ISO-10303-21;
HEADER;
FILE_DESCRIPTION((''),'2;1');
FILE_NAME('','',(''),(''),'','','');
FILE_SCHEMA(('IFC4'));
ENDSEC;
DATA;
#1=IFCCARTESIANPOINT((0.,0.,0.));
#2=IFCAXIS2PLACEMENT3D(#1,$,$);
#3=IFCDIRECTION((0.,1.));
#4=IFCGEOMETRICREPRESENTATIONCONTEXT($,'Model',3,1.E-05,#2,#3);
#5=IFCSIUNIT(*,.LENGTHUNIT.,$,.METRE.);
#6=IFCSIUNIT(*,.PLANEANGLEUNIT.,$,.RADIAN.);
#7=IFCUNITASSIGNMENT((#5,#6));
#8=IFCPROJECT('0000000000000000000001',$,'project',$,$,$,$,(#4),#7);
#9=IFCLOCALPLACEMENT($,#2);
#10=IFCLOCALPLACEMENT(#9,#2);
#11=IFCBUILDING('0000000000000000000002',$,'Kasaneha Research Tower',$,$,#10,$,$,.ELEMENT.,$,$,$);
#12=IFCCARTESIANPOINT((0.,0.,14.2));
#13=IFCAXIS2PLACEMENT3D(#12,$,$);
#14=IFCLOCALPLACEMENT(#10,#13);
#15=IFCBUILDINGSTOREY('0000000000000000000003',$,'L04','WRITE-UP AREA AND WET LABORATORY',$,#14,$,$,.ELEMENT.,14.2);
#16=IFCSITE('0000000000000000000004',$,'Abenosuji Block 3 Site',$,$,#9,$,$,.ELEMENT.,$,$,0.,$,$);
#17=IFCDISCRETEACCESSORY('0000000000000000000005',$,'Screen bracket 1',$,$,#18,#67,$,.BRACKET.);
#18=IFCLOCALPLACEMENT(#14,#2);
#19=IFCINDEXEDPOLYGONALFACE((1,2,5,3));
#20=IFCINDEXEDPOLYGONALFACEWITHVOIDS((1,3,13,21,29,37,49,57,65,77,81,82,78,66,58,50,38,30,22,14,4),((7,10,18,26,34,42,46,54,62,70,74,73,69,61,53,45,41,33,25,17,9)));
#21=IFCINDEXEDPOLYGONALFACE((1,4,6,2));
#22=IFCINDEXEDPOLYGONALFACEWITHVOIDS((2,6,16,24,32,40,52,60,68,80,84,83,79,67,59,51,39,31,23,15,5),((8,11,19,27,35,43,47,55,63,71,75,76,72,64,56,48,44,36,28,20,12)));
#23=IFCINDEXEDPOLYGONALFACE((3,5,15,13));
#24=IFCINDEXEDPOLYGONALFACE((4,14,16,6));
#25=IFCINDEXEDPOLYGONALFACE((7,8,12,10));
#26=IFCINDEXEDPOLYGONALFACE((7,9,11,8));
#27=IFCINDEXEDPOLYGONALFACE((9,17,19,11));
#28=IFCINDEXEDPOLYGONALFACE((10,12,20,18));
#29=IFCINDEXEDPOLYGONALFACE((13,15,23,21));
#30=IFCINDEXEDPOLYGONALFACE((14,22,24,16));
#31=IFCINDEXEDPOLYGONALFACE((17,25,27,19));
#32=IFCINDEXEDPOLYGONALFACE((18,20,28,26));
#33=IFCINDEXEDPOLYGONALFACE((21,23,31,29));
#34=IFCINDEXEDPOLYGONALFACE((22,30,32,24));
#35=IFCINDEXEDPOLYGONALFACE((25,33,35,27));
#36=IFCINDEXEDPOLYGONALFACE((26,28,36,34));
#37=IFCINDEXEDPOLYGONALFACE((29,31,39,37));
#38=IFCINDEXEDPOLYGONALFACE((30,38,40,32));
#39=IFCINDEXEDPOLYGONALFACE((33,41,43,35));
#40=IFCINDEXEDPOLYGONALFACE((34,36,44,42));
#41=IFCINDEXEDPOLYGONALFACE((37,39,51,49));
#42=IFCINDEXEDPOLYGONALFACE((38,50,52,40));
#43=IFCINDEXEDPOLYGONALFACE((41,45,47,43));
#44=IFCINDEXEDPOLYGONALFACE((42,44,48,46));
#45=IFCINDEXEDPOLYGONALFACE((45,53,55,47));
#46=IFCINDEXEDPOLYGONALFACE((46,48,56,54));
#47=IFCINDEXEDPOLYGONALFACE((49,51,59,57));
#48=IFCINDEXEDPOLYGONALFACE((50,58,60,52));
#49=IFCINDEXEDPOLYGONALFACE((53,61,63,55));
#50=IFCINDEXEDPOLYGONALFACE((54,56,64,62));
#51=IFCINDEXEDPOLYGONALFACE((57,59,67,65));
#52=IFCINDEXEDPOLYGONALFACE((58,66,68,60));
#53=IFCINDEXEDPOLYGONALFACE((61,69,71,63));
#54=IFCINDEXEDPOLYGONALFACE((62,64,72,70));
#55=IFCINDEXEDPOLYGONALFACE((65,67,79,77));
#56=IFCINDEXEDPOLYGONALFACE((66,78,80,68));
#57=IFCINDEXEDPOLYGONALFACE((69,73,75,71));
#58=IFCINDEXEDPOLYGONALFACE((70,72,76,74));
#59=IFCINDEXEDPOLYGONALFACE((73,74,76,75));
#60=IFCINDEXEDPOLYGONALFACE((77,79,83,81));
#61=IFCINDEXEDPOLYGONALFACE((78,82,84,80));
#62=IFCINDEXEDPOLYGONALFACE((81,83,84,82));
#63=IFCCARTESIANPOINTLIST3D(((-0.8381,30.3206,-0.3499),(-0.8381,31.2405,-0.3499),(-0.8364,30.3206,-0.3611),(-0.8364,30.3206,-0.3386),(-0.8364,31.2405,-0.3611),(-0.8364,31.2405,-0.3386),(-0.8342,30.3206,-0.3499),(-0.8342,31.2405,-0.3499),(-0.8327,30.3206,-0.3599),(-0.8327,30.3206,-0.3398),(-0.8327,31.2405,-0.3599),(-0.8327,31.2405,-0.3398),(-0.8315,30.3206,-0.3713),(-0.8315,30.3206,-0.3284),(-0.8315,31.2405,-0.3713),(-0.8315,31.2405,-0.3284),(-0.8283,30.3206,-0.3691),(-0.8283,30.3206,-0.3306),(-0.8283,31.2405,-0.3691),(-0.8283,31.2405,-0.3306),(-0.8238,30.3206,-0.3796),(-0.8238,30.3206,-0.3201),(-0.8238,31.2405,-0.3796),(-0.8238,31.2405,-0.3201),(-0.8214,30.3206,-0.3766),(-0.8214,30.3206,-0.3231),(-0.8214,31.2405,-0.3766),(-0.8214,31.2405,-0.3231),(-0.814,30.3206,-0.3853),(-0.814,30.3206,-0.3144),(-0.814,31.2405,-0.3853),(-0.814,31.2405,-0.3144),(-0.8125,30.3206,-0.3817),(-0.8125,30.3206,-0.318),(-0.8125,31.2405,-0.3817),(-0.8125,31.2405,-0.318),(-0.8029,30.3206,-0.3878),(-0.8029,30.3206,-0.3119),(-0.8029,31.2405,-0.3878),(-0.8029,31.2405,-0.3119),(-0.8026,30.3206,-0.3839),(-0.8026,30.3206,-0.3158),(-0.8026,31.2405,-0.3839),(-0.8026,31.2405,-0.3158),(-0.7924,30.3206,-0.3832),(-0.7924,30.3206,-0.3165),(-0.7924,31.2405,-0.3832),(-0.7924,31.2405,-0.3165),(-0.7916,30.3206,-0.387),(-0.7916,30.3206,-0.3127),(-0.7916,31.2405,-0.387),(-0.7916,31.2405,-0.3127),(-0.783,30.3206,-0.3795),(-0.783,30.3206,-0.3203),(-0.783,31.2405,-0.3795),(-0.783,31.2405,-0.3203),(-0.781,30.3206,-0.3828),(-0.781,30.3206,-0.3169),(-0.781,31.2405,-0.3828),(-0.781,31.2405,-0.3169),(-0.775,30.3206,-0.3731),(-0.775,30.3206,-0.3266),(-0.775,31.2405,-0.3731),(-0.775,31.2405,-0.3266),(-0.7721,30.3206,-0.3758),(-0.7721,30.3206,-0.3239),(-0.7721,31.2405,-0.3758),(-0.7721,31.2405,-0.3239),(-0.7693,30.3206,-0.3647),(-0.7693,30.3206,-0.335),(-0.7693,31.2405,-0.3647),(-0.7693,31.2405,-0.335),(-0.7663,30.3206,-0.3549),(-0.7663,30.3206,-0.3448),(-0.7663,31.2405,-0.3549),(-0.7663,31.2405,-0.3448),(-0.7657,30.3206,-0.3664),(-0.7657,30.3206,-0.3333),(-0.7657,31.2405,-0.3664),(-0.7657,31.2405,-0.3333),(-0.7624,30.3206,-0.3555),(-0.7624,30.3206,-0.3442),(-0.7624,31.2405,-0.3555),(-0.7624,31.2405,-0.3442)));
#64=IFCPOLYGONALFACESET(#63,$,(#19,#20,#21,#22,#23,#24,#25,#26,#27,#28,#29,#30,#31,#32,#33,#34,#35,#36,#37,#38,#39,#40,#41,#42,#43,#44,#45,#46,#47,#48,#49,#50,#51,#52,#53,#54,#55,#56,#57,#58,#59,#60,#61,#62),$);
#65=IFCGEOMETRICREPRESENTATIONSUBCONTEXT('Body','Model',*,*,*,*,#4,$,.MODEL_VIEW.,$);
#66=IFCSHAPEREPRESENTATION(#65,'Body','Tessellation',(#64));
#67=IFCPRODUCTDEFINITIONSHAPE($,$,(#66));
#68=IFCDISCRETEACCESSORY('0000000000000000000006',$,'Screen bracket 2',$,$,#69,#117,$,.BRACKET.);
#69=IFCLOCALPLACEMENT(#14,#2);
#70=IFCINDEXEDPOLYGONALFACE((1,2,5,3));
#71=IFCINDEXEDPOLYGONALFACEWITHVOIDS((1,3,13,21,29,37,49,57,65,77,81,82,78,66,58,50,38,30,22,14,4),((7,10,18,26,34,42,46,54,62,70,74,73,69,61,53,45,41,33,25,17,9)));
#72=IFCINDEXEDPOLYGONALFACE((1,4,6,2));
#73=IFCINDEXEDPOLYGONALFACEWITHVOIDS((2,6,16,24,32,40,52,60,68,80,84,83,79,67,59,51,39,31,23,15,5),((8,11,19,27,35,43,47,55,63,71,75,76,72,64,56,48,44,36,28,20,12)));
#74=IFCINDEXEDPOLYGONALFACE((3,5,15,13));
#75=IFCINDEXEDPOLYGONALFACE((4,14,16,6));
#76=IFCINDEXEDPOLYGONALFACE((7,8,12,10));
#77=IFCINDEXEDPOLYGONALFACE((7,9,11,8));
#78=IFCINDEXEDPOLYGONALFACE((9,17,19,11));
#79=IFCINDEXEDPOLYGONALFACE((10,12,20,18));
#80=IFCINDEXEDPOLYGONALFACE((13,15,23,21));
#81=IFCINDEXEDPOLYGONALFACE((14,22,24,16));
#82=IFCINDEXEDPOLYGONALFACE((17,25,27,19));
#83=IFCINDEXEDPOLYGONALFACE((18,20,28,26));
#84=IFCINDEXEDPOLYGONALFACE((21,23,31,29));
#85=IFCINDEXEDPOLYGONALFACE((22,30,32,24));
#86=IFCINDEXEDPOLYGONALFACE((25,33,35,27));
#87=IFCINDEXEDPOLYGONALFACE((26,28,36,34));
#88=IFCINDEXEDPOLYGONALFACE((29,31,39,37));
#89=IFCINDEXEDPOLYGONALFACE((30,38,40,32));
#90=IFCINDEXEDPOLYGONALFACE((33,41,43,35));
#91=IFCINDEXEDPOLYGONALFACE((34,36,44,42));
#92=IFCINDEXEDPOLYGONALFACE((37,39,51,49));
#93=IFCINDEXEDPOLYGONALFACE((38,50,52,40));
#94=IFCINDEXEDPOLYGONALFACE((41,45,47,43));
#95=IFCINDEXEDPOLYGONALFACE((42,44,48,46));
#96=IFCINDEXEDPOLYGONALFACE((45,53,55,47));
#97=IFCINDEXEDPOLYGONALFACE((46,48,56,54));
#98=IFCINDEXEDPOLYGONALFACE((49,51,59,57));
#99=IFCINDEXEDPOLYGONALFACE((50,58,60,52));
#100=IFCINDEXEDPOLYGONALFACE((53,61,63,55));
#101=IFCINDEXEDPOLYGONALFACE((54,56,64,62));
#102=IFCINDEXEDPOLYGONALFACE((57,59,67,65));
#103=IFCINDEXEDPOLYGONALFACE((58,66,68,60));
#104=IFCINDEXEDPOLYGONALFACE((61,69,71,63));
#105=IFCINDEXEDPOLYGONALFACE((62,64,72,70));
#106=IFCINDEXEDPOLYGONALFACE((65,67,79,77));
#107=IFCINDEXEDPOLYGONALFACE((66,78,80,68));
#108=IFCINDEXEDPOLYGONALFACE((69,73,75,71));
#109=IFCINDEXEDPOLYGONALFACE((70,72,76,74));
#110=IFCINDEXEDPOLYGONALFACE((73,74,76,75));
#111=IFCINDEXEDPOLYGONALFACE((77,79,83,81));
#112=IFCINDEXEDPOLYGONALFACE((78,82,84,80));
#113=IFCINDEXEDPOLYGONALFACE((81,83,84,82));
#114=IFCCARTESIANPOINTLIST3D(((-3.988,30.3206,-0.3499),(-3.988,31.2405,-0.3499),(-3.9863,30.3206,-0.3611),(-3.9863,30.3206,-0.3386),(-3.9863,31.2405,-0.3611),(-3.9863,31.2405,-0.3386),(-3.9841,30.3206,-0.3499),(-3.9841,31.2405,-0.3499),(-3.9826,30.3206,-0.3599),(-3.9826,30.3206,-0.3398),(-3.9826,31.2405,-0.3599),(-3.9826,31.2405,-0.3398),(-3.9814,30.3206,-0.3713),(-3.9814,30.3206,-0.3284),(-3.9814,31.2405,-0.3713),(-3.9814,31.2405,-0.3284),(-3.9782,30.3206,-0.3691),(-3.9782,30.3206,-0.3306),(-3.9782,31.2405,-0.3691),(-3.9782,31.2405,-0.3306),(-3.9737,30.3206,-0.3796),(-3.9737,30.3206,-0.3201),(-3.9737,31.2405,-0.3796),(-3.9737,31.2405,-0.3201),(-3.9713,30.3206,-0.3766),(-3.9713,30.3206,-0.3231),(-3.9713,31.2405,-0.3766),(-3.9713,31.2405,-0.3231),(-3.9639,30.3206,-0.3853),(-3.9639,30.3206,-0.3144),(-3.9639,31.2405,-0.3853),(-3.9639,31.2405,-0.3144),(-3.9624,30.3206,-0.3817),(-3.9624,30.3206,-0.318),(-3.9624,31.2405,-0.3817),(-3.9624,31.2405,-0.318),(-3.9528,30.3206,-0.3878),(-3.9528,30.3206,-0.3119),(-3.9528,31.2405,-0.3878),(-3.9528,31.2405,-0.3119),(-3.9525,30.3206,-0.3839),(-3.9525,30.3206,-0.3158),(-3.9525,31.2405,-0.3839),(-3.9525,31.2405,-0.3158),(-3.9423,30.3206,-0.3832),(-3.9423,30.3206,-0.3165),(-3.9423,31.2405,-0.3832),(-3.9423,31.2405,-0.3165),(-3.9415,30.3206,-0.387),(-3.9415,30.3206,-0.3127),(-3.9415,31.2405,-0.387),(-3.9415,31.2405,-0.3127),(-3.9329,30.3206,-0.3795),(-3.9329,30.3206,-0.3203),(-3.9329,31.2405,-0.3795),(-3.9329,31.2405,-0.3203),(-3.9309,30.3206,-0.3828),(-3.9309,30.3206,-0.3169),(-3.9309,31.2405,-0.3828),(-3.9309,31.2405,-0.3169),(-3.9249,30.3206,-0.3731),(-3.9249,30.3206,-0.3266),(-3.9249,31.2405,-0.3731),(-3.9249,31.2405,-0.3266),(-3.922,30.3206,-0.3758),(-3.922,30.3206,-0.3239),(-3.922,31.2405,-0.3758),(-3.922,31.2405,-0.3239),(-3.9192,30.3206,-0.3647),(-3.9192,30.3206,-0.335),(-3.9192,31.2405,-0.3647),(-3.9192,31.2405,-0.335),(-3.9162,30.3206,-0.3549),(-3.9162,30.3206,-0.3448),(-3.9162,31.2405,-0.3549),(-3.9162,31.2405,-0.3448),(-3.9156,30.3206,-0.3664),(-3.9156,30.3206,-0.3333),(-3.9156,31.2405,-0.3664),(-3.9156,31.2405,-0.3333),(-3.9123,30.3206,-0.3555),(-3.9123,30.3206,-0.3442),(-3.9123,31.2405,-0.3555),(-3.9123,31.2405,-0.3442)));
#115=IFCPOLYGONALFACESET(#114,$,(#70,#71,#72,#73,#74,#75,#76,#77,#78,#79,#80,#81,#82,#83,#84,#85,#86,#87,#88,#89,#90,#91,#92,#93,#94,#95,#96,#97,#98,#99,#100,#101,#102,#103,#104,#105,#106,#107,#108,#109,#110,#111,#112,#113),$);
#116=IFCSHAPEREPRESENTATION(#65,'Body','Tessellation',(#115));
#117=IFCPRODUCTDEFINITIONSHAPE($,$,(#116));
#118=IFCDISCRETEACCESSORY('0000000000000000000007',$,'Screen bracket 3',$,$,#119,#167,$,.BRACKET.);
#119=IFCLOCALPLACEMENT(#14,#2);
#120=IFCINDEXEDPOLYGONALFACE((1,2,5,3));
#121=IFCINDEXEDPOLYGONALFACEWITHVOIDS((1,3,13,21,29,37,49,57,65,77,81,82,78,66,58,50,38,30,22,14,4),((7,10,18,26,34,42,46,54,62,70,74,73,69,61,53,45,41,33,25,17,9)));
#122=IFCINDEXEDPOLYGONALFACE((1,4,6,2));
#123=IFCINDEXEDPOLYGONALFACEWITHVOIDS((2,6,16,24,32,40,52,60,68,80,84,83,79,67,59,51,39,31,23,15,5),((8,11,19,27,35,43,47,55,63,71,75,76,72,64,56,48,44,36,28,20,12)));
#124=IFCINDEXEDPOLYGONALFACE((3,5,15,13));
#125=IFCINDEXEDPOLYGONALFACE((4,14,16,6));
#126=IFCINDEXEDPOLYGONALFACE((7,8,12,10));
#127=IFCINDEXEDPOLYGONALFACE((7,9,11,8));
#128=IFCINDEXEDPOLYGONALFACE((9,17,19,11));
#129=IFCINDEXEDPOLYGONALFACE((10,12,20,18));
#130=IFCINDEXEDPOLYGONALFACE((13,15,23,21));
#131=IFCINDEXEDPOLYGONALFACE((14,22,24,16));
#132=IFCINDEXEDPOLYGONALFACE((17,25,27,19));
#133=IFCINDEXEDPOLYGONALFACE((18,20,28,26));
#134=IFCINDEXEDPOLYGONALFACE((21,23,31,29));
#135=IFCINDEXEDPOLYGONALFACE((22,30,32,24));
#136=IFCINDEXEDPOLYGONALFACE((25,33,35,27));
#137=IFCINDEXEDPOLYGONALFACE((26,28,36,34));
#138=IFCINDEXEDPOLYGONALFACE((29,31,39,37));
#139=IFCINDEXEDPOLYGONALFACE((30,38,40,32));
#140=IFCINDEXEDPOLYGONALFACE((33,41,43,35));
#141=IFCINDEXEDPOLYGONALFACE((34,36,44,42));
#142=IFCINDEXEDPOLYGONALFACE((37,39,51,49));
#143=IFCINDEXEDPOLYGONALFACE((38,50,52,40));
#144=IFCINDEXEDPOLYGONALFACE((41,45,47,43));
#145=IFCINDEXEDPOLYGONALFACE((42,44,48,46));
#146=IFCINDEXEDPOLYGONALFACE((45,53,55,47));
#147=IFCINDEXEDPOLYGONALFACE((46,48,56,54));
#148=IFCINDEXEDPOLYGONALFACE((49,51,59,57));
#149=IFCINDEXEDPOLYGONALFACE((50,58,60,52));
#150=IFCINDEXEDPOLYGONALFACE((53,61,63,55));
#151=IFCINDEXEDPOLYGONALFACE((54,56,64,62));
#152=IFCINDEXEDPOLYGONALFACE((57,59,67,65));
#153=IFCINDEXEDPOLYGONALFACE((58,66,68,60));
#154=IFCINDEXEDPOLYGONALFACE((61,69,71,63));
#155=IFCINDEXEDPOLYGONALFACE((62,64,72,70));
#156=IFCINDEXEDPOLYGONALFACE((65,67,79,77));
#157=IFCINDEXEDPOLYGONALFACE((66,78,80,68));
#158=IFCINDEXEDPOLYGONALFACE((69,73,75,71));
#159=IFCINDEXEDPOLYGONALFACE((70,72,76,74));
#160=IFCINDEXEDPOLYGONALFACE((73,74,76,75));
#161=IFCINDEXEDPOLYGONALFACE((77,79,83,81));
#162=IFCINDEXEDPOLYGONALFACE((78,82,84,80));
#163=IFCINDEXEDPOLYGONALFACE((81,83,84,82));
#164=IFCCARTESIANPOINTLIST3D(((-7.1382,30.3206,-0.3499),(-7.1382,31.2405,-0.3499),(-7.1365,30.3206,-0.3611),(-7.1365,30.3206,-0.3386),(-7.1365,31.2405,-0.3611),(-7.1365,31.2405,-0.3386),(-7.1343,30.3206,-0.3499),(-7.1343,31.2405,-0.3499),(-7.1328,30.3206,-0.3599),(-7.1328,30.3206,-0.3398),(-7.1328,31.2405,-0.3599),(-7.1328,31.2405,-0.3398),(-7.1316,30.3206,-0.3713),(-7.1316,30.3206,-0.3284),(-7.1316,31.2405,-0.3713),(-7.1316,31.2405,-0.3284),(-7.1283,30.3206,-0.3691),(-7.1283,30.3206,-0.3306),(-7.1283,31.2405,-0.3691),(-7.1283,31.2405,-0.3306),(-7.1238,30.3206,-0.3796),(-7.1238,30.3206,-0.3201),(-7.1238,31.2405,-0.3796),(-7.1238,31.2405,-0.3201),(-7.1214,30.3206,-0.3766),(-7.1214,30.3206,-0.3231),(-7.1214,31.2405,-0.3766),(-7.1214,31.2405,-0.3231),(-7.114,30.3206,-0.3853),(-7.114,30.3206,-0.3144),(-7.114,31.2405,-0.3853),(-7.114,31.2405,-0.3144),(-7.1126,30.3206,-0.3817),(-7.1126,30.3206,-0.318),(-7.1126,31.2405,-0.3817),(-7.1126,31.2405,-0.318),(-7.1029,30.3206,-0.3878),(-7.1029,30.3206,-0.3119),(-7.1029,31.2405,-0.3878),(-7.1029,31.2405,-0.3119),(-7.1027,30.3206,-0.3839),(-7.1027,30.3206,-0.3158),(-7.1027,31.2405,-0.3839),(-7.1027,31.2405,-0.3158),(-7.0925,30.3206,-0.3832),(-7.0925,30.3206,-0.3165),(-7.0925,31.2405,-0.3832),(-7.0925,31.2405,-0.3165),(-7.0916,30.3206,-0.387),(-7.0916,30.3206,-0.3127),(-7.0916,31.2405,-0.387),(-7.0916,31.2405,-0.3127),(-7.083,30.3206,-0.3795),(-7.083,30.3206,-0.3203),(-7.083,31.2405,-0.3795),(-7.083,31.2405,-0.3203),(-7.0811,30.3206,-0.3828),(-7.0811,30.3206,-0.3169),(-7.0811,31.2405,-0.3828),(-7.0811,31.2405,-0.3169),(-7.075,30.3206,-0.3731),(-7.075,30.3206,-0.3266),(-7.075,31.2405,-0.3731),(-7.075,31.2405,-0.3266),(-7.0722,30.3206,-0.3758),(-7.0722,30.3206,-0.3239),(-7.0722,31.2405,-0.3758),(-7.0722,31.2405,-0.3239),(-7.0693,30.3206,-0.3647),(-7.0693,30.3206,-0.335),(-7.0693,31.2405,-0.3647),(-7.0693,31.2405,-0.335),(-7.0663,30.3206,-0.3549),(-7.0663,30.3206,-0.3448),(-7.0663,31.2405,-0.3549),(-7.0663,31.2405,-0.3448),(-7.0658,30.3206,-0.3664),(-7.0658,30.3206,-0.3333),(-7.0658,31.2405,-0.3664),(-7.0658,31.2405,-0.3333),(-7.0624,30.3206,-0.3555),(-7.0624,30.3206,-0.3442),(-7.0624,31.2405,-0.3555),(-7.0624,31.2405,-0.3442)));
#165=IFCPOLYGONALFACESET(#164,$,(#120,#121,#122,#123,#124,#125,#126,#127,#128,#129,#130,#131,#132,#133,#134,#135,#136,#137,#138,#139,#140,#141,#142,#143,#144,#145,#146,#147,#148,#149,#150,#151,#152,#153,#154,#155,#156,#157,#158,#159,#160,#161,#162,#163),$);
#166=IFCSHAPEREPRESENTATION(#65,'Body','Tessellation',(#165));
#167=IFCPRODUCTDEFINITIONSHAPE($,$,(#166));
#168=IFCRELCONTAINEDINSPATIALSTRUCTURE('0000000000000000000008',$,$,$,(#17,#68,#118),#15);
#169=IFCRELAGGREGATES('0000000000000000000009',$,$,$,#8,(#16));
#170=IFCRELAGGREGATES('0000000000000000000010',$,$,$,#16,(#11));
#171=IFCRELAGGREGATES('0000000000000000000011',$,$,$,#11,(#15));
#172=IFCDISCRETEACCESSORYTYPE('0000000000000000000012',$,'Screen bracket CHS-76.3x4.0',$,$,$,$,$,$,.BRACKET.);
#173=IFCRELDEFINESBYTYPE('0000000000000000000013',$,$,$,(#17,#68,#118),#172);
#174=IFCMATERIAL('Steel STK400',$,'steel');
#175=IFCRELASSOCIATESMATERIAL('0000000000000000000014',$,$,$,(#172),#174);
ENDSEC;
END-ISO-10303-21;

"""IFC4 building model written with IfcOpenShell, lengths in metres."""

from ifc_helpers import new_model, si_unit, direction, frame, origin, origin_2d, place, context, subcontext, project, spatial, hollow_circle, extrude, material, material_profile, profile_set, type_object, element, save


model = new_model("IFC4")

# Units and contexts
model_context = context("Model", 3, precision=1e-05, world=origin(), true_north=direction((0.0, 1.0)))
body_context = subcontext(model_context, "Body", "Model", "MODEL_VIEW")
ifc_project = project(units=[si_unit("LENGTHUNIT", "METRE"), si_unit("PLANEANGLEUNIT", "RADIAN")], contexts=[model_context])

# Site, building, storey
site_placement = place(None, origin())
site = spatial("IfcSite", under=ifc_project, at=site_placement, Name="Abenosuji Block 3 Site", CompositionType="ELEMENT", RefElevation=0.0)
building_placement = place(site_placement, origin())
building = spatial("IfcBuilding", under=site, at=building_placement, Name="Kasaneha Research Tower", CompositionType="ELEMENT")
storey_placement = place(building_placement, frame((0.0, 0.0, 14.2)))
storey = spatial("IfcBuildingStorey", under=building, at=storey_placement, Name="L04", Description="WRITE-UP AREA AND WET LABORATORY", CompositionType="ELEMENT", Elevation=14.2)

# Discrete accessories
ifc_material_1 = material(Name="Steel STK400", Category="steel")
ifc_material_profile_1 = material_profile(ifc_material_1, hollow_circle(Radius=0.0381, WallThickness=0.0039, at=origin_2d()), Name="CHS-76.3x4.0")
ifc_profile_set_1 = profile_set([ifc_material_profile_1], Name="Steel STK400")
discrete_accessory_type = type_object("IfcDiscreteAccessoryType", Name="Screen bracket CHS-76.3x4.0", PredefinedType="BRACKET", material=ifc_profile_set_1)
for number, where, z_axis, x_axis, name in (
    (1, (-0.8, 30.3206, -0.3499), (0.0, 1.0, 0.0), (-1.0, 0.0, 0.0), "Screen bracket 1"),
    (2, (-3.95, 30.3206, -0.3499), (0.0, 1.0, 0.0), (-1.0, 0.0, 0.0), "Screen bracket 2"),
    (3, (-7.1001, 30.3206, -0.3499), (0.0, 1.0, 0.0), (-1.0, 0.0, 0.0), "Screen bracket 3"),
):
    element("IfcDiscreteAccessory", number, at=place(storey_placement, frame(where, z_axis=z_axis, x_axis=x_axis)), inside=storey, type_object=discrete_accessory_type, Name=name, PredefinedType="BRACKET", context=body_context, shape_type="SweptSolid", body=[
        extrude(hollow_circle(Radius=0.0381, WallThickness=0.0039, at=origin_2d()), origin(), (0.0, 0.0, 1.0), 0.9199),
    ])

save(model, "model.ifc")
